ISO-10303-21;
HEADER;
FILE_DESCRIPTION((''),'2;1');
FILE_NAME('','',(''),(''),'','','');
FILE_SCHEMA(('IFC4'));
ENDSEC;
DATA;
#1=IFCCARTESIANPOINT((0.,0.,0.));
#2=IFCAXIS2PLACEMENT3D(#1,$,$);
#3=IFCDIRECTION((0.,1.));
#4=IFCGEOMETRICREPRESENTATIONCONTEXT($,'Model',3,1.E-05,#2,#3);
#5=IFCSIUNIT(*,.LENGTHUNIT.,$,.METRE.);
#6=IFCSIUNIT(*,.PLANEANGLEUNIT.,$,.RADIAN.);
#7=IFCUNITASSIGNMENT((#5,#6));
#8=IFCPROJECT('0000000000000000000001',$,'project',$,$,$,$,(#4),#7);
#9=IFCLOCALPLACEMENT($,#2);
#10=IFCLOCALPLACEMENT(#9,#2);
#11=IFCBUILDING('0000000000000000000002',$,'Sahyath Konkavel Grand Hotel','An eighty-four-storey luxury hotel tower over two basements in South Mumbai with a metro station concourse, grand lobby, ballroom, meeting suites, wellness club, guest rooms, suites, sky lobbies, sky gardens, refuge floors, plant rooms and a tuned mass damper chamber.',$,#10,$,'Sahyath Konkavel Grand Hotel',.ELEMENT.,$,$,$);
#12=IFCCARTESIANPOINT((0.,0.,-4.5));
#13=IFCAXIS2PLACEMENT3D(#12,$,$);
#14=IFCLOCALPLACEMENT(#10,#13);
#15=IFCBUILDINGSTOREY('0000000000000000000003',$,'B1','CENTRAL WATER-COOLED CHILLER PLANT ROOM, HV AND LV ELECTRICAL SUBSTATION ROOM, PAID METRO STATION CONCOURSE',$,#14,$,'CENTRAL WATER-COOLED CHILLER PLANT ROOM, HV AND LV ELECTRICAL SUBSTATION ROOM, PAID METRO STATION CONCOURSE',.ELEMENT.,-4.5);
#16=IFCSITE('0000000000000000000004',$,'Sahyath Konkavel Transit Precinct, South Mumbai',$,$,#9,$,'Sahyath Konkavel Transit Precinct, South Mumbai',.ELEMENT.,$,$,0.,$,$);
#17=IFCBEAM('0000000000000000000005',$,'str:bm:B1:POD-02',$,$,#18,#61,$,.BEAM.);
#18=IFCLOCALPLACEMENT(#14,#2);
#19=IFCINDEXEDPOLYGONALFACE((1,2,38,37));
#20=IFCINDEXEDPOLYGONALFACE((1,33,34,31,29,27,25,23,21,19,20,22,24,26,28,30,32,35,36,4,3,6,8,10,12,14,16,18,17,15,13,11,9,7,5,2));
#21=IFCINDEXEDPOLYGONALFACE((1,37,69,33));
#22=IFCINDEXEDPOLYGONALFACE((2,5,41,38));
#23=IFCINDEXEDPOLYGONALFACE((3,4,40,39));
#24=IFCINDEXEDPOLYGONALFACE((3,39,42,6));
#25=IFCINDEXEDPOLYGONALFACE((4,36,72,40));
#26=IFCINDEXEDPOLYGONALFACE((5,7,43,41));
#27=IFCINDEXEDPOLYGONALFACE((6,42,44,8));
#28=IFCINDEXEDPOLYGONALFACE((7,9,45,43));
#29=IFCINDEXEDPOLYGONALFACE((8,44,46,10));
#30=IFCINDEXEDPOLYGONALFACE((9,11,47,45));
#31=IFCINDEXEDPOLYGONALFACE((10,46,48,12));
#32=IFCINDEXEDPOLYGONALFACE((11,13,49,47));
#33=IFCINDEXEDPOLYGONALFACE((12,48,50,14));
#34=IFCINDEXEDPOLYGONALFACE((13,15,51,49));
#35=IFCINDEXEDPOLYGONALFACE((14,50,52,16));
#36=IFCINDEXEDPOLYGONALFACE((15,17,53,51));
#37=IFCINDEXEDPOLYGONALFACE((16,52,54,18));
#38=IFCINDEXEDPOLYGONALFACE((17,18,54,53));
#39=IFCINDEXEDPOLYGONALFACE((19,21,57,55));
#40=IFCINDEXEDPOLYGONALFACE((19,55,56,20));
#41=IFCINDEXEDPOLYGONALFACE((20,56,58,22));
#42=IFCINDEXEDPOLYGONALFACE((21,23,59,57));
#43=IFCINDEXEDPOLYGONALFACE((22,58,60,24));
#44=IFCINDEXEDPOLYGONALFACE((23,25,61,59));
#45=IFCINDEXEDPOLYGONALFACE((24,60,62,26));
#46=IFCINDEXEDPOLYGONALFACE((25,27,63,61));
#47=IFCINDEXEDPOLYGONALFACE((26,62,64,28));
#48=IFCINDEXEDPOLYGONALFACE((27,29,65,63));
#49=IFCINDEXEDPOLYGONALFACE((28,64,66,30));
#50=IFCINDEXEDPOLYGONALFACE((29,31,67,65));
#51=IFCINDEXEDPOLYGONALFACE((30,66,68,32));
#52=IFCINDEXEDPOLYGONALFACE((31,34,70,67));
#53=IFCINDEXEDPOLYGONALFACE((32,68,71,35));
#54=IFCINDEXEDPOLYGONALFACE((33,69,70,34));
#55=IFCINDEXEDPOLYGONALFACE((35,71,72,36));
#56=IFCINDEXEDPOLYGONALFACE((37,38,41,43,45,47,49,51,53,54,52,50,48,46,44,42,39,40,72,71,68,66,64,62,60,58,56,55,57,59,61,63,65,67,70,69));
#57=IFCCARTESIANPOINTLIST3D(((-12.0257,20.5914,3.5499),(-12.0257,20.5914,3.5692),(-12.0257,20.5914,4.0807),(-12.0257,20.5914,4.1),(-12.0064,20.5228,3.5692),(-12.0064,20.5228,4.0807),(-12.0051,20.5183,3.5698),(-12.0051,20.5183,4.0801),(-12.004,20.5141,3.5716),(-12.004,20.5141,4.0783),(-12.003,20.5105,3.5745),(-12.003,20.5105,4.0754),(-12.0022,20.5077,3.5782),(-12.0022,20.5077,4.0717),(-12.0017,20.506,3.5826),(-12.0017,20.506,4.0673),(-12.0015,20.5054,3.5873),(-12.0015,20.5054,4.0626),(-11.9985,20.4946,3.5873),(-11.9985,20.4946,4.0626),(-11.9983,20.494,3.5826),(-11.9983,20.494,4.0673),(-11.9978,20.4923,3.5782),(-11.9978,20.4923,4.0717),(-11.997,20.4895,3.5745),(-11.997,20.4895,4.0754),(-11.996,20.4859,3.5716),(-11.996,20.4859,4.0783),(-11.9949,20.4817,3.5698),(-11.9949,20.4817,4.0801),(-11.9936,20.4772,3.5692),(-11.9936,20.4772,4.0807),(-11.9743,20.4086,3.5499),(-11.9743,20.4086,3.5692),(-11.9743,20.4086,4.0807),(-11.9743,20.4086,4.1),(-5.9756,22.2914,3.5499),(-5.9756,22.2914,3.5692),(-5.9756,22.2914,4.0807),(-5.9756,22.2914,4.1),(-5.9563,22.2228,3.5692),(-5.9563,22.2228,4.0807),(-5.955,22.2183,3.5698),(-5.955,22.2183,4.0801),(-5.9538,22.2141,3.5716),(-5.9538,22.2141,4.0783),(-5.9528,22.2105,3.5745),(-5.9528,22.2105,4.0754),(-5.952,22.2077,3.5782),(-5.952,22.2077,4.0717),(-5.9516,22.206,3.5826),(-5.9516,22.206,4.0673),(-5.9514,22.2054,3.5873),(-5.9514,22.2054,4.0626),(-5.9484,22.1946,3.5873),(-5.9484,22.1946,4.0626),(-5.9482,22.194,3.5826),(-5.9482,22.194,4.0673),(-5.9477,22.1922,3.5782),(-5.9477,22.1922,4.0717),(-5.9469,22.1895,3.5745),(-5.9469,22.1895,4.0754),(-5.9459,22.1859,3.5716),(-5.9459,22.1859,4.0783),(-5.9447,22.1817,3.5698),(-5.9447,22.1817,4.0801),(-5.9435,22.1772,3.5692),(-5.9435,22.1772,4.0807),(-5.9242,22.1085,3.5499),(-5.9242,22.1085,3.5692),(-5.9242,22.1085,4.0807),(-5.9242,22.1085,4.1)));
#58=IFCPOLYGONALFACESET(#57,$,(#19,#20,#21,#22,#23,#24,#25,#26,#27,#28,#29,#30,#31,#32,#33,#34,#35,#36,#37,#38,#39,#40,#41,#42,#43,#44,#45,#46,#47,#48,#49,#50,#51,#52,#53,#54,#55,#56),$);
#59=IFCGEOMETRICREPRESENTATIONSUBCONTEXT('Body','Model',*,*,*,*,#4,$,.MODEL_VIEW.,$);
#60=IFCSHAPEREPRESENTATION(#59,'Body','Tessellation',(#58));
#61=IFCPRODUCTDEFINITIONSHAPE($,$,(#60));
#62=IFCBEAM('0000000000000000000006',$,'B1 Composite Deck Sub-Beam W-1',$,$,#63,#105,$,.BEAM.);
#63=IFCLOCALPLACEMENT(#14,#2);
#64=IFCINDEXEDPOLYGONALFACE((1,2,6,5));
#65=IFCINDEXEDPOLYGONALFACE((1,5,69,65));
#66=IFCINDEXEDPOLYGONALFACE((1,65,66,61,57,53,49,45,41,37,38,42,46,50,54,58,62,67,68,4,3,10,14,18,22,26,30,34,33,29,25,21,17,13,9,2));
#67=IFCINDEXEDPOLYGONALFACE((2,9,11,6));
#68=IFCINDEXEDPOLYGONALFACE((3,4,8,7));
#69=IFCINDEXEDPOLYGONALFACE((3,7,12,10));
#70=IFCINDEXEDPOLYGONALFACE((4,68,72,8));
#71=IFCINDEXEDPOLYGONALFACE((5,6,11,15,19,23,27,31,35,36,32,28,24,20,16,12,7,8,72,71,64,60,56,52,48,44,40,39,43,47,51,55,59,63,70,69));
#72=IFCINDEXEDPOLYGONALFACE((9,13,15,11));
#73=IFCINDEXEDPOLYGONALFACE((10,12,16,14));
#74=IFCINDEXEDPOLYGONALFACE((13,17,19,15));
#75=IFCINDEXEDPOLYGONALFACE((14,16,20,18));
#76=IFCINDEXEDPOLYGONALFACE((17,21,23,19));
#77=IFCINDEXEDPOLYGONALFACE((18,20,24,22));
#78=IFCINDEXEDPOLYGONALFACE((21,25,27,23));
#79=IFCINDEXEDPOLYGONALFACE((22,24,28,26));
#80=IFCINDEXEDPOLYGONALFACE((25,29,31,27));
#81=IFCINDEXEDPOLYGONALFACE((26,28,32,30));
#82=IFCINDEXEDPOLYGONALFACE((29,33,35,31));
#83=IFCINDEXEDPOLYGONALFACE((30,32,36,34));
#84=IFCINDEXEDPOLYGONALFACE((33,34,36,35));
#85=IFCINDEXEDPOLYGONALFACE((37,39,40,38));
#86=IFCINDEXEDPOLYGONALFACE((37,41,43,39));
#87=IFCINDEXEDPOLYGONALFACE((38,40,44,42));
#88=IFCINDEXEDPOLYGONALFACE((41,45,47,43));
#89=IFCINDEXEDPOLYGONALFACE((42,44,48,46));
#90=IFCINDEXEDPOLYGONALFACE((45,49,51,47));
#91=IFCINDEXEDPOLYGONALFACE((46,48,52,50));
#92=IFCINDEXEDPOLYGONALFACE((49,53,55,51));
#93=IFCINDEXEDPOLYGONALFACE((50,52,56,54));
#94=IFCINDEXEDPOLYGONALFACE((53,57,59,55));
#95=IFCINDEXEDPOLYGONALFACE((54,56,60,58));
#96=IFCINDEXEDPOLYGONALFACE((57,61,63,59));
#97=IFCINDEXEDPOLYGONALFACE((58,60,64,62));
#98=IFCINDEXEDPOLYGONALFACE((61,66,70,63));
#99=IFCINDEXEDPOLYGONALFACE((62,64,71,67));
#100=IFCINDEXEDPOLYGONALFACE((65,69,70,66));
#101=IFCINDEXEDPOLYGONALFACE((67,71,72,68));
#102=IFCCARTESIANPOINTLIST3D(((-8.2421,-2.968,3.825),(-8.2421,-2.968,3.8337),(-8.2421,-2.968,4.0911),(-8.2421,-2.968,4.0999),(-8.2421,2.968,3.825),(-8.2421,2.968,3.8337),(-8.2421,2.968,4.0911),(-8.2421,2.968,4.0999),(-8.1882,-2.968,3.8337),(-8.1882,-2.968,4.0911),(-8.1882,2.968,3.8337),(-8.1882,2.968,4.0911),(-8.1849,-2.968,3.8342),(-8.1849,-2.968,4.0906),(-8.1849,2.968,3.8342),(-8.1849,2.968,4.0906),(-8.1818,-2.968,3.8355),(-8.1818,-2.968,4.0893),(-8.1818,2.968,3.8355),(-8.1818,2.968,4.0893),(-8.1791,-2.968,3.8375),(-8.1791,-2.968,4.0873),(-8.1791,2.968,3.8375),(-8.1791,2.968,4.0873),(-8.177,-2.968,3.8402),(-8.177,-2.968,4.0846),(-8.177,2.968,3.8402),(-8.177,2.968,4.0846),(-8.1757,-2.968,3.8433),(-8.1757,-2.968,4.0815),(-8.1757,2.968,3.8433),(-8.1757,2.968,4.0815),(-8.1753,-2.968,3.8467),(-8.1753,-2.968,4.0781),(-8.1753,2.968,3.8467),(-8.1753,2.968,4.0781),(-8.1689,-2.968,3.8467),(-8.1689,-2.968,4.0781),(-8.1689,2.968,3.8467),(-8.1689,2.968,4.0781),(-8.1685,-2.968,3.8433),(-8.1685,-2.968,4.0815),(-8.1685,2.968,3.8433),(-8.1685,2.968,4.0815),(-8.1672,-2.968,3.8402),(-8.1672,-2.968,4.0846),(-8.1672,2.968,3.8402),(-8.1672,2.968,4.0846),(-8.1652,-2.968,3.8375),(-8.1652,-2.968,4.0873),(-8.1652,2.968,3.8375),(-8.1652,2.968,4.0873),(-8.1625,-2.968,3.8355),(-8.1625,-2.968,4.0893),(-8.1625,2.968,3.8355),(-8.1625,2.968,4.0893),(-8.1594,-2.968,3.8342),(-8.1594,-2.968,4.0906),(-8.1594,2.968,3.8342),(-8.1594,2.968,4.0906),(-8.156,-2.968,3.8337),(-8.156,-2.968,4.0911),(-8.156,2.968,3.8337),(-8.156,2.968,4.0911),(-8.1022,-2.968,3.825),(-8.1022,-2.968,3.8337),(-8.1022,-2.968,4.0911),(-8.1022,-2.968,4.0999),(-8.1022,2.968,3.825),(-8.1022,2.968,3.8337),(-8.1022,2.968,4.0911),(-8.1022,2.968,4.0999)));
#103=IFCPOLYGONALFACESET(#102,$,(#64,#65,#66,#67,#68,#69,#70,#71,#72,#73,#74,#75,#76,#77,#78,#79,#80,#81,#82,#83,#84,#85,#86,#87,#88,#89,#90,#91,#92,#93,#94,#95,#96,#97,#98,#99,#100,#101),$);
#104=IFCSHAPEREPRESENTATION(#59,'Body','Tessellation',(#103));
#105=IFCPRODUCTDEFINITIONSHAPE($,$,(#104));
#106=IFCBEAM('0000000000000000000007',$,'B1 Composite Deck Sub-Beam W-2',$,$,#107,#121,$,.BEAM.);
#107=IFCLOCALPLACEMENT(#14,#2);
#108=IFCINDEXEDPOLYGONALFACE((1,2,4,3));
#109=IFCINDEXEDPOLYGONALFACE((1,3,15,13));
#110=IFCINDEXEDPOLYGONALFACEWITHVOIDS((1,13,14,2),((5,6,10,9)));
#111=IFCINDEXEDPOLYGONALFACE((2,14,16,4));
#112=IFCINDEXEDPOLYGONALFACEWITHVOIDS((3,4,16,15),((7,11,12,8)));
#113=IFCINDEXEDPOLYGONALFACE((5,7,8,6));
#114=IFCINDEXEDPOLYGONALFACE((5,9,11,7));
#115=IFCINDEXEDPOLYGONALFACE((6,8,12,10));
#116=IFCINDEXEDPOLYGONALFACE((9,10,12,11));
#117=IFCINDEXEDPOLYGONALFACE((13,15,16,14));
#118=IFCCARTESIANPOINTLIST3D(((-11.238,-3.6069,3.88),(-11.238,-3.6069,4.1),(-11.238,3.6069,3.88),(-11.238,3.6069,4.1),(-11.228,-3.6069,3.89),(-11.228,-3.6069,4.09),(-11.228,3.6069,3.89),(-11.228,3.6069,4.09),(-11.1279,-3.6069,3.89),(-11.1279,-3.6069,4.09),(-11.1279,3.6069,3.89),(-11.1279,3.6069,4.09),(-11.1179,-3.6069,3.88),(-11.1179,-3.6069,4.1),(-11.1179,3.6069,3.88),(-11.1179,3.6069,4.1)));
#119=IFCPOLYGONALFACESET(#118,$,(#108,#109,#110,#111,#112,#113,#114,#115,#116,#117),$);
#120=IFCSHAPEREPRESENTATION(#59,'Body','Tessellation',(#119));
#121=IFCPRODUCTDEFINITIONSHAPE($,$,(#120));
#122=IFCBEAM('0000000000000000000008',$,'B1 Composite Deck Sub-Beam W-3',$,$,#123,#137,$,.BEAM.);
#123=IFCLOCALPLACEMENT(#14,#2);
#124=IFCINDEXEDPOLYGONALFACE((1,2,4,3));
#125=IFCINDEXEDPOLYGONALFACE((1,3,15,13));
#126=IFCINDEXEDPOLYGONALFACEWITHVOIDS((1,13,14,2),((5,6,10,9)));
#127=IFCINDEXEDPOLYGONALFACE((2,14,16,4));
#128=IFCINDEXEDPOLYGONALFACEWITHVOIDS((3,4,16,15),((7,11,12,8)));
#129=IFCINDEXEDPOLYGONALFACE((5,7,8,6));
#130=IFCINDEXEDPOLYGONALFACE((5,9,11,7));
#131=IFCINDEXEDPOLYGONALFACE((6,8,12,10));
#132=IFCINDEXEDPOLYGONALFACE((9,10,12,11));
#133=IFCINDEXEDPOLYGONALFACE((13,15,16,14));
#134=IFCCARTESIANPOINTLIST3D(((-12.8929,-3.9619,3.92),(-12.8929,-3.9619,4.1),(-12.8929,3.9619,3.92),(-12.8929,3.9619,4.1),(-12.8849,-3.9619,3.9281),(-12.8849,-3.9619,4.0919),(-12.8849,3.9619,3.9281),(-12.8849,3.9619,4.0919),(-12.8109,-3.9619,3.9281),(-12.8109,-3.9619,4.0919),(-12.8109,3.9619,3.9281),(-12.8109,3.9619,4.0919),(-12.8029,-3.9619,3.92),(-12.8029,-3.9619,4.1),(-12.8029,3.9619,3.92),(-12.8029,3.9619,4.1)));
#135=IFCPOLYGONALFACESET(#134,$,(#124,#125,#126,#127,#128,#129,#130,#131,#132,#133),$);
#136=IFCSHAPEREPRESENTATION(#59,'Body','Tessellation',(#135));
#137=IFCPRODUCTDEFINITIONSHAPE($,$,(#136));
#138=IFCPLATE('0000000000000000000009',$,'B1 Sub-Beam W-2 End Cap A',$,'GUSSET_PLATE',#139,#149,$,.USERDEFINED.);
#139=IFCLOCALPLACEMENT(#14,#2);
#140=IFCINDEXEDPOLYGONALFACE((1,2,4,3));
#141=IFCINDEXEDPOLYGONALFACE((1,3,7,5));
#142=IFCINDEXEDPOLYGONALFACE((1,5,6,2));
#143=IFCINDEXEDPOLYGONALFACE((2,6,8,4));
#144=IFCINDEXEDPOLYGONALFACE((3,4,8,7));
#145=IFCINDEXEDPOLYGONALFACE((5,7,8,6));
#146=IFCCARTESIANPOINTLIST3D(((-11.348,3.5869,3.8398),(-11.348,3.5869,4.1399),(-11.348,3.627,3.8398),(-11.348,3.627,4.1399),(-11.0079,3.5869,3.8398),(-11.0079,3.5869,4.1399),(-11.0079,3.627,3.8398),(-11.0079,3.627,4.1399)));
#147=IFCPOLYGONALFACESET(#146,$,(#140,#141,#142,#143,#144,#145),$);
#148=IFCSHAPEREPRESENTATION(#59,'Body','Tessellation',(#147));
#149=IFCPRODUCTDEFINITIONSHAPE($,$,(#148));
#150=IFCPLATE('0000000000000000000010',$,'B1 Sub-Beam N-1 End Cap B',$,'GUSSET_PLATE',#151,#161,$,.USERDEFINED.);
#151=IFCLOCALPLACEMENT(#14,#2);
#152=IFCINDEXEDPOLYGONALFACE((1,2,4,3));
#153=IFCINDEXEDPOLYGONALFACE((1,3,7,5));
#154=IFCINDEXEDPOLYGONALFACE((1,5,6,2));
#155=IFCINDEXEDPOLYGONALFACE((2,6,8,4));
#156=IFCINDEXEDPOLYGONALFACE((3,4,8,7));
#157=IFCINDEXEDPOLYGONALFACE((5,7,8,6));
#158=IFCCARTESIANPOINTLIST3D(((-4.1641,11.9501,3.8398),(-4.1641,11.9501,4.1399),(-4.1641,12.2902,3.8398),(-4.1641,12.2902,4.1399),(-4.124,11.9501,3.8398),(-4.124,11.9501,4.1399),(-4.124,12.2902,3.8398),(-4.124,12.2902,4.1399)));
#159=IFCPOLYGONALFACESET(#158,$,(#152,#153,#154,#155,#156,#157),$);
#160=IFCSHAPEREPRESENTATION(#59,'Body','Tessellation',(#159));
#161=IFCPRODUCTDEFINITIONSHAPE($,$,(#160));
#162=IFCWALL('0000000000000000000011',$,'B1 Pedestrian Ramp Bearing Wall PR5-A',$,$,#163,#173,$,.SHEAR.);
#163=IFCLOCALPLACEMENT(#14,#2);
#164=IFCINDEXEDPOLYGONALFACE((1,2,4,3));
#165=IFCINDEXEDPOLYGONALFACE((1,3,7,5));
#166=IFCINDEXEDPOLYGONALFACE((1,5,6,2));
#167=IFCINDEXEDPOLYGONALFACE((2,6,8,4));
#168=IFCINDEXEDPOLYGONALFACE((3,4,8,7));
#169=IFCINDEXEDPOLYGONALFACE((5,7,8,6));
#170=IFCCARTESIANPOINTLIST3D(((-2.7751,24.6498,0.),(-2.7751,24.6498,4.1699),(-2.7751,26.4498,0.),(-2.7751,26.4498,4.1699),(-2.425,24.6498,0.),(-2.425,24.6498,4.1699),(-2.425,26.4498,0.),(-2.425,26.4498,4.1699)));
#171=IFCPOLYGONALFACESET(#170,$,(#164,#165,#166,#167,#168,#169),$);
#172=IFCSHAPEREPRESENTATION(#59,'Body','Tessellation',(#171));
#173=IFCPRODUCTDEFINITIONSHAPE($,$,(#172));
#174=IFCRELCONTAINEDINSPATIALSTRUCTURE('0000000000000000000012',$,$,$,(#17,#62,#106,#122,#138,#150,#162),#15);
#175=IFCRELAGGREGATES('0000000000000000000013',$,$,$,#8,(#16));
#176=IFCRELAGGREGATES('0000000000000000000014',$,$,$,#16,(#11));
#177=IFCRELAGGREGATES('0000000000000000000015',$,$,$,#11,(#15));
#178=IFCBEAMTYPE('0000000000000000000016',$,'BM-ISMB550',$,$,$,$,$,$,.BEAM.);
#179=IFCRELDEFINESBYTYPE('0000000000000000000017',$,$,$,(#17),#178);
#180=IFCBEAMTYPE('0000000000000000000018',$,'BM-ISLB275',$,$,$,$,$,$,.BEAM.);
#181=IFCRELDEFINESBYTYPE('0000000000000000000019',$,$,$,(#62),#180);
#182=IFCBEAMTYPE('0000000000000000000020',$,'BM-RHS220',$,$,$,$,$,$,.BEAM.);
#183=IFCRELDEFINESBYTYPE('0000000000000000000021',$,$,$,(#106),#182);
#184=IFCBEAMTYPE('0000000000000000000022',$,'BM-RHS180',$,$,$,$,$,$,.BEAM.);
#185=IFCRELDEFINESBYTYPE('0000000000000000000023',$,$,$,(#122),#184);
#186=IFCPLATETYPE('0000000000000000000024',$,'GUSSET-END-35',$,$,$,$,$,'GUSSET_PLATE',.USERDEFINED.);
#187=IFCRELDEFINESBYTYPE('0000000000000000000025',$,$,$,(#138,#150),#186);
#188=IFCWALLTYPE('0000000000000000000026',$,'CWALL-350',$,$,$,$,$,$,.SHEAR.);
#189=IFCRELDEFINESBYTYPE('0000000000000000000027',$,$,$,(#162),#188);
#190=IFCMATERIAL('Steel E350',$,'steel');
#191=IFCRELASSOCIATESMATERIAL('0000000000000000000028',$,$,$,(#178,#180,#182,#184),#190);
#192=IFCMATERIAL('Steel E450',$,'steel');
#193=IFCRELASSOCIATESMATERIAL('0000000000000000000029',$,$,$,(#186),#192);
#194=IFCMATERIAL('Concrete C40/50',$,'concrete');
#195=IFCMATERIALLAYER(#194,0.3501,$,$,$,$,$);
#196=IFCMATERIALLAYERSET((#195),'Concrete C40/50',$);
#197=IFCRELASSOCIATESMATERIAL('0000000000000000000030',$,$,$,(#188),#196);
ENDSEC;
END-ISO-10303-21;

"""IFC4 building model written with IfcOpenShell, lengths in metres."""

from ifc_helpers import new_model, si_unit, direction, frame, frame_2d, origin, origin_2d, place, context, subcontext, project, spatial, rectangle, hollow_rectangle, i_section, extrude, source, transform, mapped, material, layer, layer_set, material_profile, profile_set, type_object, element, save


model = new_model("IFC4")

# Units and contexts
model_context = context("Model", 3, precision=1e-05, world=origin(), true_north=direction((0.0, 1.0)))
body_context = subcontext(model_context, "Body", "Model", "MODEL_VIEW")
ifc_project = project(units=[si_unit("LENGTHUNIT", "METRE"), si_unit("PLANEANGLEUNIT", "RADIAN")], contexts=[model_context])

# Site, building, storey
site_placement = place(None, origin())
site = spatial("IfcSite", under=ifc_project, at=site_placement, Name="Sahyath Konkavel Transit Precinct, South Mumbai", LongName="Sahyath Konkavel Transit Precinct, South Mumbai", CompositionType="ELEMENT", RefElevation=0.0)
building_placement = place(site_placement, origin())
building = spatial("IfcBuilding", under=site, at=building_placement, Name="Sahyath Konkavel Grand Hotel", Description="An eighty-four-storey luxury hotel tower over two basements in South Mumbai with a metro station concourse, grand lobby, ballroom, meeting suites, wellness club, guest rooms, suites, sky lobbies, sky gardens, refuge floors, plant rooms and a tuned mass damper chamber.", LongName="Sahyath Konkavel Grand Hotel", CompositionType="ELEMENT")
storey_placement = place(building_placement, frame((0.0, 0.0, -4.5)))
storey = spatial("IfcBuildingStorey", under=building, at=storey_placement, Name="B1", Description="CENTRAL WATER-COOLED CHILLER PLANT ROOM, HV AND LV ELECTRICAL SUBSTATION ROOM, PAID METRO STATION CONCOURSE", LongName="CENTRAL WATER-COOLED CHILLER PLANT ROOM, HV AND LV ELECTRICAL SUBSTATION ROOM, PAID METRO STATION CONCOURSE", CompositionType="ELEMENT", Elevation=-4.5)

# Beams
ifc_material_1 = material(Name="Steel E350", Category="steel")
ifc_material_profile_1 = material_profile(ifc_material_1, i_section(OverallWidth=0.1899, OverallDepth=0.55, WebThickness=0.0112, FlangeThickness=0.0193, FilletRadius=0.0181, at=origin_2d()), Name="ISMB 550")
ifc_profile_set_1 = profile_set([ifc_material_profile_1], Name="Steel E350")
beam_type_1 = type_object("IfcBeamType", Name="BM-ISMB550", PredefinedType="BEAM", material=ifc_profile_set_1)
shared_shape_1 = source(origin(), body_context, "Body", "SweptSolid", [
    extrude(i_section(OverallWidth=0.1899, OverallDepth=0.55, WebThickness=0.0112, FlangeThickness=0.0193, FilletRadius=0.0181, at=origin_2d()), origin(), (0.0, 0.0, 1.0), 6.2844),
])
beam_1_placement = place(storey_placement, frame((-12.0, 20.5, 3.825), z_axis=(0.962718, 0.270506, 0.0), x_axis=(-0.270506, 0.962718, 0.0)))
element("IfcBeam", 1, at=beam_1_placement, inside=storey, type_object=beam_type_1, Name="str:bm:B1:POD-02", PredefinedType="BEAM", context=body_context, shape_type="MappedRepresentation", body=[
    mapped(shared_shape_1, transform((0.0, 0.0, 0.0), scale=1.0)),
])
ifc_material_profile_2 = material_profile(ifc_material_1, i_section(OverallWidth=0.1399, OverallDepth=0.2749, WebThickness=0.0063, FlangeThickness=0.0088, FilletRadius=0.0129, at=origin_2d()), Name="ISLB 275")
ifc_profile_set_2 = profile_set([ifc_material_profile_2], Name="Steel E350")
beam_type_2 = type_object("IfcBeamType", Name="BM-ISLB275", PredefinedType="BEAM", material=ifc_profile_set_2)
shared_shape_2 = source(origin(), body_context, "Body", "SweptSolid", [
    extrude(i_section(OverallWidth=0.1399, OverallDepth=0.2749, WebThickness=0.0063, FlangeThickness=0.0088, FilletRadius=0.0129, at=origin_2d()), origin(), (0.0, 0.0, 1.0), 5.936),
])
beam_2_placement = place(storey_placement, frame((-8.1721, 2.968, 3.9624), z_axis=(0.0, -1.0, 0.0), x_axis=(1.0, 0.0, 0.0)))
element("IfcBeam", 2, at=beam_2_placement, inside=storey, type_object=beam_type_2, Name="B1 Composite Deck Sub-Beam W-1", PredefinedType="BEAM", context=body_context, shape_type="MappedRepresentation", body=[
    mapped(shared_shape_2, transform((0.0, 0.0, 0.0), scale=1.0)),
])
ifc_material_profile_3 = material_profile(ifc_material_1, hollow_rectangle(XDim=0.1201, YDim=0.22, WallThickness=0.01, at=origin_2d()), Name="RHS 220x120x10")
ifc_profile_set_3 = profile_set([ifc_material_profile_3], Name="Steel E350")
beam_type_3 = type_object("IfcBeamType", Name="BM-RHS220", PredefinedType="BEAM", material=ifc_profile_set_3)
shared_shape_3 = source(origin(), body_context, "Body", "SweptSolid", [
    extrude(hollow_rectangle(XDim=0.1201, YDim=0.22, WallThickness=0.01, at=origin_2d()), origin(), (0.0, 0.0, 1.0), 7.2139),
])
beam_3_placement = place(storey_placement, frame((-11.178, 3.6069, 3.99), z_axis=(0.0, -1.0, 0.0), x_axis=(1.0, 0.0, 0.0)))
element("IfcBeam", 3, at=beam_3_placement, inside=storey, type_object=beam_type_3, Name="B1 Composite Deck Sub-Beam W-2", PredefinedType="BEAM", context=body_context, shape_type="MappedRepresentation", body=[
    mapped(shared_shape_3, transform((0.0, 0.0, 0.0), scale=1.0)),
])
ifc_material_profile_4 = material_profile(ifc_material_1, hollow_rectangle(XDim=0.0901, YDim=0.1799, WallThickness=0.0081, at=origin_2d()), Name="RHS 180x90x8")
ifc_profile_set_4 = profile_set([ifc_material_profile_4], Name="Steel E350")
beam_type_4 = type_object("IfcBeamType", Name="BM-RHS180", PredefinedType="BEAM", material=ifc_profile_set_4)
shared_shape_4 = source(origin(), body_context, "Body", "SweptSolid", [
    extrude(hollow_rectangle(XDim=0.0901, YDim=0.1799, WallThickness=0.0081, at=origin_2d()), origin(), (0.0, 0.0, 1.0), 7.9238),
])
beam_4_placement = place(storey_placement, frame((-12.8479, 3.9619, 4.01), z_axis=(0.0, -1.0, 0.0), x_axis=(1.0, 0.0, 0.0)))
element("IfcBeam", 4, at=beam_4_placement, inside=storey, type_object=beam_type_4, Name="B1 Composite Deck Sub-Beam W-3", PredefinedType="BEAM", context=body_context, shape_type="MappedRepresentation", body=[
    mapped(shared_shape_4, transform((0.0, 0.0, 0.0), scale=1.0)),
])

# Plates
ifc_material_2 = material(Name="Steel E450", Category="steel")
plate_type = type_object("IfcPlateType", Name="GUSSET-END-35", ElementType="GUSSET_PLATE", PredefinedType="USERDEFINED", material=ifc_material_2)
shared_shape_5 = source(origin(), body_context, "Body", "SweptSolid", [
    extrude(rectangle(XDim=0.04, YDim=0.3401, at=origin_2d()), origin(), (0.0, 0.0, 1.0), 0.3),
])
for number, where, z_axis, x_axis, name in (
    (5, (-11.178, 3.6069, 3.8398), (0.0, 0.0, 1.0), (0.0, -1.0, 0.0), "B1 Sub-Beam W-2 End Cap A"),
    (6, (-4.144, 12.1201, 3.8398), (0.0, 0.0, 1.0), (-1.0, 0.0, 0.0), "B1 Sub-Beam N-1 End Cap B"),
):
    element("IfcPlate", number, at=place(storey_placement, frame(where, z_axis=z_axis, x_axis=x_axis)), inside=storey, type_object=plate_type, Name=name, ObjectType="GUSSET_PLATE", PredefinedType="USERDEFINED", context=body_context, shape_type="MappedRepresentation", body=[
        mapped(shared_shape_5, transform((0.0, 0.0, 0.0), scale=1.0)),
    ])

# Wall
ifc_material_3 = material(Name="Concrete C40/50", Category="concrete")
ifc_layer_1 = layer(ifc_material_3, 0.3501)
ifc_layer_set_1 = layer_set([ifc_layer_1], Name="Concrete C40/50")
wall_type_1 = type_object("IfcWallType", Name="CWALL-350", PredefinedType="SHEAR", material=ifc_layer_set_1)
wall_1_placement = place(storey_placement, frame((-2.6001, 24.6499, 0.0), z_axis=(0.0, 0.0, 1.0), x_axis=(0.0, 1.0, 0.0)))
element("IfcWall", 7, at=wall_1_placement, inside=storey, type_object=wall_type_1, Name="B1 Pedestrian Ramp Bearing Wall PR5-A", PredefinedType="SHEAR", context=body_context, shape_type="SweptSolid", body=[
    extrude(rectangle(XDim=1.8, YDim=0.3501, at=frame_2d((0.8999, 0.0))), origin(), (0.0, 0.0, 1.0), 4.1699),
])

save(model, "model.ifc")
